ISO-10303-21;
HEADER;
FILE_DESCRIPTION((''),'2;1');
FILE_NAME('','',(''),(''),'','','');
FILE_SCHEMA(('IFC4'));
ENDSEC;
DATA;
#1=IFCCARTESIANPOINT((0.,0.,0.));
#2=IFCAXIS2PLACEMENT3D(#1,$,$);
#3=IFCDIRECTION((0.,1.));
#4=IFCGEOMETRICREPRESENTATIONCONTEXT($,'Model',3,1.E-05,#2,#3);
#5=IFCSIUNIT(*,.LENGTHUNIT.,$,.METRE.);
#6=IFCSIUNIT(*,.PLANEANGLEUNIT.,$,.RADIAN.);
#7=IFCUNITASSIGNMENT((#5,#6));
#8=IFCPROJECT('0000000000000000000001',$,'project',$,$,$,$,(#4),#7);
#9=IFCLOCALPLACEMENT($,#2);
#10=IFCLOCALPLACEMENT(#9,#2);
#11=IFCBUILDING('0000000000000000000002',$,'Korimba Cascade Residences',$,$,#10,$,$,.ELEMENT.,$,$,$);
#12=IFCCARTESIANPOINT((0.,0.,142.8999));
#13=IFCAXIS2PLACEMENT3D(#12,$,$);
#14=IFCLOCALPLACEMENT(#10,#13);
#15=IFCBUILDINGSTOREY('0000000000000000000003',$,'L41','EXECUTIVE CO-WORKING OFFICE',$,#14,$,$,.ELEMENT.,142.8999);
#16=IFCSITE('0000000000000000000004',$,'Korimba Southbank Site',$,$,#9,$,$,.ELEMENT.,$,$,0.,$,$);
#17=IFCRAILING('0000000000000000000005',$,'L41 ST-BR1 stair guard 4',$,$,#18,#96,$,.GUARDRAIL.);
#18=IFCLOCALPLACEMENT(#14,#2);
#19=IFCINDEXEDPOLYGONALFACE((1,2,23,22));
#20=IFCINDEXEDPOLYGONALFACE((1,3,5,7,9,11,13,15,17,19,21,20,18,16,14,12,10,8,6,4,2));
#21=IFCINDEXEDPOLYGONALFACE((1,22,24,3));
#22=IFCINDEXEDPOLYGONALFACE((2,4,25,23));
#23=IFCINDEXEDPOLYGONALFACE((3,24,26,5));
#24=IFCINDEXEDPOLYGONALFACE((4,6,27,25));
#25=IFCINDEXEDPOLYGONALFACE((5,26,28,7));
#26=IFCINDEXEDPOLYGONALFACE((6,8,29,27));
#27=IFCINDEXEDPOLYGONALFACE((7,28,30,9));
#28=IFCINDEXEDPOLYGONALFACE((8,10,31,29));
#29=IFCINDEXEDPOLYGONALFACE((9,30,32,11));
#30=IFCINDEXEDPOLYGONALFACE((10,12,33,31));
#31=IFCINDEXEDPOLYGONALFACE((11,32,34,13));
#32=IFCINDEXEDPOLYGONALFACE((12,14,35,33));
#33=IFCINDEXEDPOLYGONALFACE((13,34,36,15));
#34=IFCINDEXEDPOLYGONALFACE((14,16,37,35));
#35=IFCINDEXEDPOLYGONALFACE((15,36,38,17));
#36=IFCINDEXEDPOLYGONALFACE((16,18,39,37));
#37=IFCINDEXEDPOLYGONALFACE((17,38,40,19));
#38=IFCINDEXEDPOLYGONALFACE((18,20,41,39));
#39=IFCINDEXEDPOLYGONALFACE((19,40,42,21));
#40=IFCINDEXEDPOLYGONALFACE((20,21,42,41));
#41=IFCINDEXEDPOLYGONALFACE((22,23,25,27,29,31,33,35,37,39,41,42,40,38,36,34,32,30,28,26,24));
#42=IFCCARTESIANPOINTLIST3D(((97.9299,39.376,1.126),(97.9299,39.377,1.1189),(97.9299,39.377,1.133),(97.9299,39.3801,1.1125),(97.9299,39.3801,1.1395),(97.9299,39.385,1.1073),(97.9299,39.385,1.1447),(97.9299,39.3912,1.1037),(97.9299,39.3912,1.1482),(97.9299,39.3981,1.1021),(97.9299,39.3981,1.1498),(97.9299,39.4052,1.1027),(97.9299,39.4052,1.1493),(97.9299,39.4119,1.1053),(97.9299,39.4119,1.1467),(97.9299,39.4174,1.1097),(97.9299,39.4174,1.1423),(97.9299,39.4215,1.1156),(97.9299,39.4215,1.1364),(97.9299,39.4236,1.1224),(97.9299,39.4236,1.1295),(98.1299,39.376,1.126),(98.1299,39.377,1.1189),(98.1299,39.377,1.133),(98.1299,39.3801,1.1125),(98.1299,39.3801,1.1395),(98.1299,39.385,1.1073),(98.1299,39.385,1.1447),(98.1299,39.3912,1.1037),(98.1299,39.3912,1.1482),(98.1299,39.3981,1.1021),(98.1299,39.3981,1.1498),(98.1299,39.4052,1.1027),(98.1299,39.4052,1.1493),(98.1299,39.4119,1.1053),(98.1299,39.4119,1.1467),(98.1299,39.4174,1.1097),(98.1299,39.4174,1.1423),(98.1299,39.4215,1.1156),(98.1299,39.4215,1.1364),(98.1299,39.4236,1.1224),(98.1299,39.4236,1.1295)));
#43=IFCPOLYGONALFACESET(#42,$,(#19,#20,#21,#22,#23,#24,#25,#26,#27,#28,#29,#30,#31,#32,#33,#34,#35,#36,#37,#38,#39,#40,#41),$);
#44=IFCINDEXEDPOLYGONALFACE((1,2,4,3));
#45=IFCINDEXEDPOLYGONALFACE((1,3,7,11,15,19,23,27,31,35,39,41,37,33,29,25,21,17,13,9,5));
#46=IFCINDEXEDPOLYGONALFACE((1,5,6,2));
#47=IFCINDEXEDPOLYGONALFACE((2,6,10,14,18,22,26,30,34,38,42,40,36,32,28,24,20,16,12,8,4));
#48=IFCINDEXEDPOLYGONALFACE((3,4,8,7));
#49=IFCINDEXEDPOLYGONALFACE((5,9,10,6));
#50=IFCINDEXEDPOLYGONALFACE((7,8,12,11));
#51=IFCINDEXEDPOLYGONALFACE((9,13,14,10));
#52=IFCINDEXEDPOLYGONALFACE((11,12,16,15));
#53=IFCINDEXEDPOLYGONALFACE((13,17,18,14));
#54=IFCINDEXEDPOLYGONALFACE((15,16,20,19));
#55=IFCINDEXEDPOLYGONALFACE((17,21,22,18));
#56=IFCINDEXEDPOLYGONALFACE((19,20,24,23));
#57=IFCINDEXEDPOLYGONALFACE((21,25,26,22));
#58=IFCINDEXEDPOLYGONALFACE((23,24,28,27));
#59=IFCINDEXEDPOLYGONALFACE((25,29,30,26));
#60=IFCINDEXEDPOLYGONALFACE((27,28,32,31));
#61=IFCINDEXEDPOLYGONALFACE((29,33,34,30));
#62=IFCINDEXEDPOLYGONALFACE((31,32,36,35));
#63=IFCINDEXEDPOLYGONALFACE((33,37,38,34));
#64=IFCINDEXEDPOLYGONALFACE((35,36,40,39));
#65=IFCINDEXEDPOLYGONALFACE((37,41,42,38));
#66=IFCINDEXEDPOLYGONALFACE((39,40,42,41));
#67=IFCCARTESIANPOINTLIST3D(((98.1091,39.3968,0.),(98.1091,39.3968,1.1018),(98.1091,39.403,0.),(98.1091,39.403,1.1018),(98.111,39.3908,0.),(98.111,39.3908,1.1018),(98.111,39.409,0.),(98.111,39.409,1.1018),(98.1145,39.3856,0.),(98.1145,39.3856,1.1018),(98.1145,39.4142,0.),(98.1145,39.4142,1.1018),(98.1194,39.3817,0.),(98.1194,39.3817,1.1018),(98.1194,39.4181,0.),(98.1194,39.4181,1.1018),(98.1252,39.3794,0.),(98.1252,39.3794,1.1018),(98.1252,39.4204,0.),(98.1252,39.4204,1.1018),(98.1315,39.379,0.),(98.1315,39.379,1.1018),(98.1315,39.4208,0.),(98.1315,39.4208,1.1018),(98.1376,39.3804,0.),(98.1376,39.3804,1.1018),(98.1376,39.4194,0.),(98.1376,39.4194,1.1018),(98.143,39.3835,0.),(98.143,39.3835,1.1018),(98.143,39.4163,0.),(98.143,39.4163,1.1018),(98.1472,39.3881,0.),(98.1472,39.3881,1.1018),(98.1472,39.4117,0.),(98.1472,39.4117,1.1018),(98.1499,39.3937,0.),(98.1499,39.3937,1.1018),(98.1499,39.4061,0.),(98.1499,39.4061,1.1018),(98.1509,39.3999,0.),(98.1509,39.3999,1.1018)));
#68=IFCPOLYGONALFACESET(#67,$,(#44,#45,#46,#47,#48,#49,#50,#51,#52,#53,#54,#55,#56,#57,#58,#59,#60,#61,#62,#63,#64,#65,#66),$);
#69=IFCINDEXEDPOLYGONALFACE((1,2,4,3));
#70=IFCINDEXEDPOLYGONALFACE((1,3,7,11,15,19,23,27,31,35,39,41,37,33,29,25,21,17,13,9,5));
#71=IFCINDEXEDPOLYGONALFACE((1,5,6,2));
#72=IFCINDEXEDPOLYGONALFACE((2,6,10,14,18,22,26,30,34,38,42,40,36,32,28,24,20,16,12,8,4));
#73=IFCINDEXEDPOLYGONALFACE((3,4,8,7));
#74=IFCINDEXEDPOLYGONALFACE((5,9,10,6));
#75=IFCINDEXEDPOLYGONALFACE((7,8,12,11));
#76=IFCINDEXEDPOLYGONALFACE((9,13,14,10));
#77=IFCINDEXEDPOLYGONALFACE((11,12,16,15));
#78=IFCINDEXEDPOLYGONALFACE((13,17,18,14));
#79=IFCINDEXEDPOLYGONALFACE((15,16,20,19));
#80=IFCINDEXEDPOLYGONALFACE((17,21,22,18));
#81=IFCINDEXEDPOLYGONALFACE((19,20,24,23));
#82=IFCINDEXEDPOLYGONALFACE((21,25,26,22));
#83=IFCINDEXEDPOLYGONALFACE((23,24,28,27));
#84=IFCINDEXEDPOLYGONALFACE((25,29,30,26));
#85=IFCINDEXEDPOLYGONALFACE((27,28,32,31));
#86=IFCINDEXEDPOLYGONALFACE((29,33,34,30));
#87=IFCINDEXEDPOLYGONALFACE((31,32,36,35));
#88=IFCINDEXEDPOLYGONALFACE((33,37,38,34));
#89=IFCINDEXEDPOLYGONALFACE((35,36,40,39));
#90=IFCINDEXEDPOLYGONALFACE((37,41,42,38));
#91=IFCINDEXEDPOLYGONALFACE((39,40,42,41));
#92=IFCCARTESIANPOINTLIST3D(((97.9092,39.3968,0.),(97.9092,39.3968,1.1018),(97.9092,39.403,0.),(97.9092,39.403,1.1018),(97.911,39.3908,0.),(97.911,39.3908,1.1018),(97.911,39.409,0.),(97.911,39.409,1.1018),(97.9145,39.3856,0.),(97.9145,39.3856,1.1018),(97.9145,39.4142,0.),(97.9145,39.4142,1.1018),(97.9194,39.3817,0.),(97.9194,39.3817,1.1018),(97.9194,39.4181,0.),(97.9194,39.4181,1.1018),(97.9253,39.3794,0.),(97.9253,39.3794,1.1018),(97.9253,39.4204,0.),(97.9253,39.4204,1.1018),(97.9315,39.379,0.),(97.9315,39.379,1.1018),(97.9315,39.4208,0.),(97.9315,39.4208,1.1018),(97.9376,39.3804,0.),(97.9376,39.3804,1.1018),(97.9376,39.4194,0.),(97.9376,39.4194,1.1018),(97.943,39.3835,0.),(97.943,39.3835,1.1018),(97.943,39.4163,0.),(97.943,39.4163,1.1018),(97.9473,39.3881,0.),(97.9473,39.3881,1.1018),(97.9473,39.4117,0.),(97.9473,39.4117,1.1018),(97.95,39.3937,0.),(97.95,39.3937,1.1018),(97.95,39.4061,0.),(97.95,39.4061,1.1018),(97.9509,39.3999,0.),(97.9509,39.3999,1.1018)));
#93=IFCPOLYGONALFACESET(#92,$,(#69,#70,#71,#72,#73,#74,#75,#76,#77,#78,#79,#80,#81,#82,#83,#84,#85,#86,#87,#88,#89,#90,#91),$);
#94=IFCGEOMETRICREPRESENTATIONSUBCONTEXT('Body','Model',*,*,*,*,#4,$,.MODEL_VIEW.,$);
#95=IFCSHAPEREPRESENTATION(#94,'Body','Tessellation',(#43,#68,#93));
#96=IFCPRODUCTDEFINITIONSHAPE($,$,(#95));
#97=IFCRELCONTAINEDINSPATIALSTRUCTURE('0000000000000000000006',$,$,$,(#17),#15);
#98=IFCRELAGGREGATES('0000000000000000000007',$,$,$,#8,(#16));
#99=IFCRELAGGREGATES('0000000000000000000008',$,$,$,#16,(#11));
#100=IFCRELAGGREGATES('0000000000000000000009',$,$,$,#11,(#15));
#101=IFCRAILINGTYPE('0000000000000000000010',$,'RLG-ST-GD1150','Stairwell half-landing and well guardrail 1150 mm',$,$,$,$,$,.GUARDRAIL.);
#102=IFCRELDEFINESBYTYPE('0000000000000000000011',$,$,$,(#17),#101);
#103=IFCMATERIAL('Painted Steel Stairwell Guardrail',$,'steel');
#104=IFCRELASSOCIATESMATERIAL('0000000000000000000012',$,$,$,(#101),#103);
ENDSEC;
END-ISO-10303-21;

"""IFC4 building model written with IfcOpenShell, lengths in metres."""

from ifc_helpers import new_model, si_unit, direction, frame, origin, origin_2d, place, context, subcontext, project, spatial, circle, extrude, material, type_object, element, save


model = new_model("IFC4")

# Units and contexts
model_context = context("Model", 3, precision=1e-05, world=origin(), true_north=direction((0.0, 1.0)))
body_context = subcontext(model_context, "Body", "Model", "MODEL_VIEW")
ifc_project = project(units=[si_unit("LENGTHUNIT", "METRE"), si_unit("PLANEANGLEUNIT", "RADIAN")], contexts=[model_context])

# Site, building, storey
site_placement = place(None, origin())
site = spatial("IfcSite", under=ifc_project, at=site_placement, Name="Korimba Southbank Site", CompositionType="ELEMENT", RefElevation=0.0)
building_placement = place(site_placement, origin())
building = spatial("IfcBuilding", under=site, at=building_placement, Name="Korimba Cascade Residences", CompositionType="ELEMENT")
storey_placement = place(building_placement, frame((0.0, 0.0, 142.8999)))
storey = spatial("IfcBuildingStorey", under=building, at=storey_placement, Name="L41", Description="EXECUTIVE CO-WORKING OFFICE", CompositionType="ELEMENT", Elevation=142.8999)

# Railing
ifc_material_1 = material(Name="Painted Steel Stairwell Guardrail", Category="steel")
railing_type_1 = type_object("IfcRailingType", Name="RLG-ST-GD1150", Description="Stairwell half-landing and well guardrail 1150 mm", PredefinedType="GUARDRAIL", material=ifc_material_1)
railing_1_placement = place(storey_placement, frame((98.1299, 39.3999, 0.0)))
element("IfcRailing", 1, at=railing_1_placement, inside=storey, type_object=railing_type_1, Name="L41 ST-BR1 stair guard 4", PredefinedType="GUARDRAIL", context=body_context, shape_type="SweptSolid", body=[
    extrude(circle(Radius=0.0239, at=origin_2d()), frame((0.0, 0.0, 1.126), z_axis=(-1.0, 0.0, 0.0), x_axis=(0.0, -1.0, 0.0)), (0.0, 0.0, 1.0), 0.2),
    extrude(circle(Radius=0.021, at=origin_2d()), origin(), (0.0, 0.0, 1.0), 1.1018),
    extrude(circle(Radius=0.021, at=origin_2d()), frame((-0.2, 0.0, 0.0)), (0.0, 0.0, 1.0), 1.1018),
])

save(model, "model.ifc")
